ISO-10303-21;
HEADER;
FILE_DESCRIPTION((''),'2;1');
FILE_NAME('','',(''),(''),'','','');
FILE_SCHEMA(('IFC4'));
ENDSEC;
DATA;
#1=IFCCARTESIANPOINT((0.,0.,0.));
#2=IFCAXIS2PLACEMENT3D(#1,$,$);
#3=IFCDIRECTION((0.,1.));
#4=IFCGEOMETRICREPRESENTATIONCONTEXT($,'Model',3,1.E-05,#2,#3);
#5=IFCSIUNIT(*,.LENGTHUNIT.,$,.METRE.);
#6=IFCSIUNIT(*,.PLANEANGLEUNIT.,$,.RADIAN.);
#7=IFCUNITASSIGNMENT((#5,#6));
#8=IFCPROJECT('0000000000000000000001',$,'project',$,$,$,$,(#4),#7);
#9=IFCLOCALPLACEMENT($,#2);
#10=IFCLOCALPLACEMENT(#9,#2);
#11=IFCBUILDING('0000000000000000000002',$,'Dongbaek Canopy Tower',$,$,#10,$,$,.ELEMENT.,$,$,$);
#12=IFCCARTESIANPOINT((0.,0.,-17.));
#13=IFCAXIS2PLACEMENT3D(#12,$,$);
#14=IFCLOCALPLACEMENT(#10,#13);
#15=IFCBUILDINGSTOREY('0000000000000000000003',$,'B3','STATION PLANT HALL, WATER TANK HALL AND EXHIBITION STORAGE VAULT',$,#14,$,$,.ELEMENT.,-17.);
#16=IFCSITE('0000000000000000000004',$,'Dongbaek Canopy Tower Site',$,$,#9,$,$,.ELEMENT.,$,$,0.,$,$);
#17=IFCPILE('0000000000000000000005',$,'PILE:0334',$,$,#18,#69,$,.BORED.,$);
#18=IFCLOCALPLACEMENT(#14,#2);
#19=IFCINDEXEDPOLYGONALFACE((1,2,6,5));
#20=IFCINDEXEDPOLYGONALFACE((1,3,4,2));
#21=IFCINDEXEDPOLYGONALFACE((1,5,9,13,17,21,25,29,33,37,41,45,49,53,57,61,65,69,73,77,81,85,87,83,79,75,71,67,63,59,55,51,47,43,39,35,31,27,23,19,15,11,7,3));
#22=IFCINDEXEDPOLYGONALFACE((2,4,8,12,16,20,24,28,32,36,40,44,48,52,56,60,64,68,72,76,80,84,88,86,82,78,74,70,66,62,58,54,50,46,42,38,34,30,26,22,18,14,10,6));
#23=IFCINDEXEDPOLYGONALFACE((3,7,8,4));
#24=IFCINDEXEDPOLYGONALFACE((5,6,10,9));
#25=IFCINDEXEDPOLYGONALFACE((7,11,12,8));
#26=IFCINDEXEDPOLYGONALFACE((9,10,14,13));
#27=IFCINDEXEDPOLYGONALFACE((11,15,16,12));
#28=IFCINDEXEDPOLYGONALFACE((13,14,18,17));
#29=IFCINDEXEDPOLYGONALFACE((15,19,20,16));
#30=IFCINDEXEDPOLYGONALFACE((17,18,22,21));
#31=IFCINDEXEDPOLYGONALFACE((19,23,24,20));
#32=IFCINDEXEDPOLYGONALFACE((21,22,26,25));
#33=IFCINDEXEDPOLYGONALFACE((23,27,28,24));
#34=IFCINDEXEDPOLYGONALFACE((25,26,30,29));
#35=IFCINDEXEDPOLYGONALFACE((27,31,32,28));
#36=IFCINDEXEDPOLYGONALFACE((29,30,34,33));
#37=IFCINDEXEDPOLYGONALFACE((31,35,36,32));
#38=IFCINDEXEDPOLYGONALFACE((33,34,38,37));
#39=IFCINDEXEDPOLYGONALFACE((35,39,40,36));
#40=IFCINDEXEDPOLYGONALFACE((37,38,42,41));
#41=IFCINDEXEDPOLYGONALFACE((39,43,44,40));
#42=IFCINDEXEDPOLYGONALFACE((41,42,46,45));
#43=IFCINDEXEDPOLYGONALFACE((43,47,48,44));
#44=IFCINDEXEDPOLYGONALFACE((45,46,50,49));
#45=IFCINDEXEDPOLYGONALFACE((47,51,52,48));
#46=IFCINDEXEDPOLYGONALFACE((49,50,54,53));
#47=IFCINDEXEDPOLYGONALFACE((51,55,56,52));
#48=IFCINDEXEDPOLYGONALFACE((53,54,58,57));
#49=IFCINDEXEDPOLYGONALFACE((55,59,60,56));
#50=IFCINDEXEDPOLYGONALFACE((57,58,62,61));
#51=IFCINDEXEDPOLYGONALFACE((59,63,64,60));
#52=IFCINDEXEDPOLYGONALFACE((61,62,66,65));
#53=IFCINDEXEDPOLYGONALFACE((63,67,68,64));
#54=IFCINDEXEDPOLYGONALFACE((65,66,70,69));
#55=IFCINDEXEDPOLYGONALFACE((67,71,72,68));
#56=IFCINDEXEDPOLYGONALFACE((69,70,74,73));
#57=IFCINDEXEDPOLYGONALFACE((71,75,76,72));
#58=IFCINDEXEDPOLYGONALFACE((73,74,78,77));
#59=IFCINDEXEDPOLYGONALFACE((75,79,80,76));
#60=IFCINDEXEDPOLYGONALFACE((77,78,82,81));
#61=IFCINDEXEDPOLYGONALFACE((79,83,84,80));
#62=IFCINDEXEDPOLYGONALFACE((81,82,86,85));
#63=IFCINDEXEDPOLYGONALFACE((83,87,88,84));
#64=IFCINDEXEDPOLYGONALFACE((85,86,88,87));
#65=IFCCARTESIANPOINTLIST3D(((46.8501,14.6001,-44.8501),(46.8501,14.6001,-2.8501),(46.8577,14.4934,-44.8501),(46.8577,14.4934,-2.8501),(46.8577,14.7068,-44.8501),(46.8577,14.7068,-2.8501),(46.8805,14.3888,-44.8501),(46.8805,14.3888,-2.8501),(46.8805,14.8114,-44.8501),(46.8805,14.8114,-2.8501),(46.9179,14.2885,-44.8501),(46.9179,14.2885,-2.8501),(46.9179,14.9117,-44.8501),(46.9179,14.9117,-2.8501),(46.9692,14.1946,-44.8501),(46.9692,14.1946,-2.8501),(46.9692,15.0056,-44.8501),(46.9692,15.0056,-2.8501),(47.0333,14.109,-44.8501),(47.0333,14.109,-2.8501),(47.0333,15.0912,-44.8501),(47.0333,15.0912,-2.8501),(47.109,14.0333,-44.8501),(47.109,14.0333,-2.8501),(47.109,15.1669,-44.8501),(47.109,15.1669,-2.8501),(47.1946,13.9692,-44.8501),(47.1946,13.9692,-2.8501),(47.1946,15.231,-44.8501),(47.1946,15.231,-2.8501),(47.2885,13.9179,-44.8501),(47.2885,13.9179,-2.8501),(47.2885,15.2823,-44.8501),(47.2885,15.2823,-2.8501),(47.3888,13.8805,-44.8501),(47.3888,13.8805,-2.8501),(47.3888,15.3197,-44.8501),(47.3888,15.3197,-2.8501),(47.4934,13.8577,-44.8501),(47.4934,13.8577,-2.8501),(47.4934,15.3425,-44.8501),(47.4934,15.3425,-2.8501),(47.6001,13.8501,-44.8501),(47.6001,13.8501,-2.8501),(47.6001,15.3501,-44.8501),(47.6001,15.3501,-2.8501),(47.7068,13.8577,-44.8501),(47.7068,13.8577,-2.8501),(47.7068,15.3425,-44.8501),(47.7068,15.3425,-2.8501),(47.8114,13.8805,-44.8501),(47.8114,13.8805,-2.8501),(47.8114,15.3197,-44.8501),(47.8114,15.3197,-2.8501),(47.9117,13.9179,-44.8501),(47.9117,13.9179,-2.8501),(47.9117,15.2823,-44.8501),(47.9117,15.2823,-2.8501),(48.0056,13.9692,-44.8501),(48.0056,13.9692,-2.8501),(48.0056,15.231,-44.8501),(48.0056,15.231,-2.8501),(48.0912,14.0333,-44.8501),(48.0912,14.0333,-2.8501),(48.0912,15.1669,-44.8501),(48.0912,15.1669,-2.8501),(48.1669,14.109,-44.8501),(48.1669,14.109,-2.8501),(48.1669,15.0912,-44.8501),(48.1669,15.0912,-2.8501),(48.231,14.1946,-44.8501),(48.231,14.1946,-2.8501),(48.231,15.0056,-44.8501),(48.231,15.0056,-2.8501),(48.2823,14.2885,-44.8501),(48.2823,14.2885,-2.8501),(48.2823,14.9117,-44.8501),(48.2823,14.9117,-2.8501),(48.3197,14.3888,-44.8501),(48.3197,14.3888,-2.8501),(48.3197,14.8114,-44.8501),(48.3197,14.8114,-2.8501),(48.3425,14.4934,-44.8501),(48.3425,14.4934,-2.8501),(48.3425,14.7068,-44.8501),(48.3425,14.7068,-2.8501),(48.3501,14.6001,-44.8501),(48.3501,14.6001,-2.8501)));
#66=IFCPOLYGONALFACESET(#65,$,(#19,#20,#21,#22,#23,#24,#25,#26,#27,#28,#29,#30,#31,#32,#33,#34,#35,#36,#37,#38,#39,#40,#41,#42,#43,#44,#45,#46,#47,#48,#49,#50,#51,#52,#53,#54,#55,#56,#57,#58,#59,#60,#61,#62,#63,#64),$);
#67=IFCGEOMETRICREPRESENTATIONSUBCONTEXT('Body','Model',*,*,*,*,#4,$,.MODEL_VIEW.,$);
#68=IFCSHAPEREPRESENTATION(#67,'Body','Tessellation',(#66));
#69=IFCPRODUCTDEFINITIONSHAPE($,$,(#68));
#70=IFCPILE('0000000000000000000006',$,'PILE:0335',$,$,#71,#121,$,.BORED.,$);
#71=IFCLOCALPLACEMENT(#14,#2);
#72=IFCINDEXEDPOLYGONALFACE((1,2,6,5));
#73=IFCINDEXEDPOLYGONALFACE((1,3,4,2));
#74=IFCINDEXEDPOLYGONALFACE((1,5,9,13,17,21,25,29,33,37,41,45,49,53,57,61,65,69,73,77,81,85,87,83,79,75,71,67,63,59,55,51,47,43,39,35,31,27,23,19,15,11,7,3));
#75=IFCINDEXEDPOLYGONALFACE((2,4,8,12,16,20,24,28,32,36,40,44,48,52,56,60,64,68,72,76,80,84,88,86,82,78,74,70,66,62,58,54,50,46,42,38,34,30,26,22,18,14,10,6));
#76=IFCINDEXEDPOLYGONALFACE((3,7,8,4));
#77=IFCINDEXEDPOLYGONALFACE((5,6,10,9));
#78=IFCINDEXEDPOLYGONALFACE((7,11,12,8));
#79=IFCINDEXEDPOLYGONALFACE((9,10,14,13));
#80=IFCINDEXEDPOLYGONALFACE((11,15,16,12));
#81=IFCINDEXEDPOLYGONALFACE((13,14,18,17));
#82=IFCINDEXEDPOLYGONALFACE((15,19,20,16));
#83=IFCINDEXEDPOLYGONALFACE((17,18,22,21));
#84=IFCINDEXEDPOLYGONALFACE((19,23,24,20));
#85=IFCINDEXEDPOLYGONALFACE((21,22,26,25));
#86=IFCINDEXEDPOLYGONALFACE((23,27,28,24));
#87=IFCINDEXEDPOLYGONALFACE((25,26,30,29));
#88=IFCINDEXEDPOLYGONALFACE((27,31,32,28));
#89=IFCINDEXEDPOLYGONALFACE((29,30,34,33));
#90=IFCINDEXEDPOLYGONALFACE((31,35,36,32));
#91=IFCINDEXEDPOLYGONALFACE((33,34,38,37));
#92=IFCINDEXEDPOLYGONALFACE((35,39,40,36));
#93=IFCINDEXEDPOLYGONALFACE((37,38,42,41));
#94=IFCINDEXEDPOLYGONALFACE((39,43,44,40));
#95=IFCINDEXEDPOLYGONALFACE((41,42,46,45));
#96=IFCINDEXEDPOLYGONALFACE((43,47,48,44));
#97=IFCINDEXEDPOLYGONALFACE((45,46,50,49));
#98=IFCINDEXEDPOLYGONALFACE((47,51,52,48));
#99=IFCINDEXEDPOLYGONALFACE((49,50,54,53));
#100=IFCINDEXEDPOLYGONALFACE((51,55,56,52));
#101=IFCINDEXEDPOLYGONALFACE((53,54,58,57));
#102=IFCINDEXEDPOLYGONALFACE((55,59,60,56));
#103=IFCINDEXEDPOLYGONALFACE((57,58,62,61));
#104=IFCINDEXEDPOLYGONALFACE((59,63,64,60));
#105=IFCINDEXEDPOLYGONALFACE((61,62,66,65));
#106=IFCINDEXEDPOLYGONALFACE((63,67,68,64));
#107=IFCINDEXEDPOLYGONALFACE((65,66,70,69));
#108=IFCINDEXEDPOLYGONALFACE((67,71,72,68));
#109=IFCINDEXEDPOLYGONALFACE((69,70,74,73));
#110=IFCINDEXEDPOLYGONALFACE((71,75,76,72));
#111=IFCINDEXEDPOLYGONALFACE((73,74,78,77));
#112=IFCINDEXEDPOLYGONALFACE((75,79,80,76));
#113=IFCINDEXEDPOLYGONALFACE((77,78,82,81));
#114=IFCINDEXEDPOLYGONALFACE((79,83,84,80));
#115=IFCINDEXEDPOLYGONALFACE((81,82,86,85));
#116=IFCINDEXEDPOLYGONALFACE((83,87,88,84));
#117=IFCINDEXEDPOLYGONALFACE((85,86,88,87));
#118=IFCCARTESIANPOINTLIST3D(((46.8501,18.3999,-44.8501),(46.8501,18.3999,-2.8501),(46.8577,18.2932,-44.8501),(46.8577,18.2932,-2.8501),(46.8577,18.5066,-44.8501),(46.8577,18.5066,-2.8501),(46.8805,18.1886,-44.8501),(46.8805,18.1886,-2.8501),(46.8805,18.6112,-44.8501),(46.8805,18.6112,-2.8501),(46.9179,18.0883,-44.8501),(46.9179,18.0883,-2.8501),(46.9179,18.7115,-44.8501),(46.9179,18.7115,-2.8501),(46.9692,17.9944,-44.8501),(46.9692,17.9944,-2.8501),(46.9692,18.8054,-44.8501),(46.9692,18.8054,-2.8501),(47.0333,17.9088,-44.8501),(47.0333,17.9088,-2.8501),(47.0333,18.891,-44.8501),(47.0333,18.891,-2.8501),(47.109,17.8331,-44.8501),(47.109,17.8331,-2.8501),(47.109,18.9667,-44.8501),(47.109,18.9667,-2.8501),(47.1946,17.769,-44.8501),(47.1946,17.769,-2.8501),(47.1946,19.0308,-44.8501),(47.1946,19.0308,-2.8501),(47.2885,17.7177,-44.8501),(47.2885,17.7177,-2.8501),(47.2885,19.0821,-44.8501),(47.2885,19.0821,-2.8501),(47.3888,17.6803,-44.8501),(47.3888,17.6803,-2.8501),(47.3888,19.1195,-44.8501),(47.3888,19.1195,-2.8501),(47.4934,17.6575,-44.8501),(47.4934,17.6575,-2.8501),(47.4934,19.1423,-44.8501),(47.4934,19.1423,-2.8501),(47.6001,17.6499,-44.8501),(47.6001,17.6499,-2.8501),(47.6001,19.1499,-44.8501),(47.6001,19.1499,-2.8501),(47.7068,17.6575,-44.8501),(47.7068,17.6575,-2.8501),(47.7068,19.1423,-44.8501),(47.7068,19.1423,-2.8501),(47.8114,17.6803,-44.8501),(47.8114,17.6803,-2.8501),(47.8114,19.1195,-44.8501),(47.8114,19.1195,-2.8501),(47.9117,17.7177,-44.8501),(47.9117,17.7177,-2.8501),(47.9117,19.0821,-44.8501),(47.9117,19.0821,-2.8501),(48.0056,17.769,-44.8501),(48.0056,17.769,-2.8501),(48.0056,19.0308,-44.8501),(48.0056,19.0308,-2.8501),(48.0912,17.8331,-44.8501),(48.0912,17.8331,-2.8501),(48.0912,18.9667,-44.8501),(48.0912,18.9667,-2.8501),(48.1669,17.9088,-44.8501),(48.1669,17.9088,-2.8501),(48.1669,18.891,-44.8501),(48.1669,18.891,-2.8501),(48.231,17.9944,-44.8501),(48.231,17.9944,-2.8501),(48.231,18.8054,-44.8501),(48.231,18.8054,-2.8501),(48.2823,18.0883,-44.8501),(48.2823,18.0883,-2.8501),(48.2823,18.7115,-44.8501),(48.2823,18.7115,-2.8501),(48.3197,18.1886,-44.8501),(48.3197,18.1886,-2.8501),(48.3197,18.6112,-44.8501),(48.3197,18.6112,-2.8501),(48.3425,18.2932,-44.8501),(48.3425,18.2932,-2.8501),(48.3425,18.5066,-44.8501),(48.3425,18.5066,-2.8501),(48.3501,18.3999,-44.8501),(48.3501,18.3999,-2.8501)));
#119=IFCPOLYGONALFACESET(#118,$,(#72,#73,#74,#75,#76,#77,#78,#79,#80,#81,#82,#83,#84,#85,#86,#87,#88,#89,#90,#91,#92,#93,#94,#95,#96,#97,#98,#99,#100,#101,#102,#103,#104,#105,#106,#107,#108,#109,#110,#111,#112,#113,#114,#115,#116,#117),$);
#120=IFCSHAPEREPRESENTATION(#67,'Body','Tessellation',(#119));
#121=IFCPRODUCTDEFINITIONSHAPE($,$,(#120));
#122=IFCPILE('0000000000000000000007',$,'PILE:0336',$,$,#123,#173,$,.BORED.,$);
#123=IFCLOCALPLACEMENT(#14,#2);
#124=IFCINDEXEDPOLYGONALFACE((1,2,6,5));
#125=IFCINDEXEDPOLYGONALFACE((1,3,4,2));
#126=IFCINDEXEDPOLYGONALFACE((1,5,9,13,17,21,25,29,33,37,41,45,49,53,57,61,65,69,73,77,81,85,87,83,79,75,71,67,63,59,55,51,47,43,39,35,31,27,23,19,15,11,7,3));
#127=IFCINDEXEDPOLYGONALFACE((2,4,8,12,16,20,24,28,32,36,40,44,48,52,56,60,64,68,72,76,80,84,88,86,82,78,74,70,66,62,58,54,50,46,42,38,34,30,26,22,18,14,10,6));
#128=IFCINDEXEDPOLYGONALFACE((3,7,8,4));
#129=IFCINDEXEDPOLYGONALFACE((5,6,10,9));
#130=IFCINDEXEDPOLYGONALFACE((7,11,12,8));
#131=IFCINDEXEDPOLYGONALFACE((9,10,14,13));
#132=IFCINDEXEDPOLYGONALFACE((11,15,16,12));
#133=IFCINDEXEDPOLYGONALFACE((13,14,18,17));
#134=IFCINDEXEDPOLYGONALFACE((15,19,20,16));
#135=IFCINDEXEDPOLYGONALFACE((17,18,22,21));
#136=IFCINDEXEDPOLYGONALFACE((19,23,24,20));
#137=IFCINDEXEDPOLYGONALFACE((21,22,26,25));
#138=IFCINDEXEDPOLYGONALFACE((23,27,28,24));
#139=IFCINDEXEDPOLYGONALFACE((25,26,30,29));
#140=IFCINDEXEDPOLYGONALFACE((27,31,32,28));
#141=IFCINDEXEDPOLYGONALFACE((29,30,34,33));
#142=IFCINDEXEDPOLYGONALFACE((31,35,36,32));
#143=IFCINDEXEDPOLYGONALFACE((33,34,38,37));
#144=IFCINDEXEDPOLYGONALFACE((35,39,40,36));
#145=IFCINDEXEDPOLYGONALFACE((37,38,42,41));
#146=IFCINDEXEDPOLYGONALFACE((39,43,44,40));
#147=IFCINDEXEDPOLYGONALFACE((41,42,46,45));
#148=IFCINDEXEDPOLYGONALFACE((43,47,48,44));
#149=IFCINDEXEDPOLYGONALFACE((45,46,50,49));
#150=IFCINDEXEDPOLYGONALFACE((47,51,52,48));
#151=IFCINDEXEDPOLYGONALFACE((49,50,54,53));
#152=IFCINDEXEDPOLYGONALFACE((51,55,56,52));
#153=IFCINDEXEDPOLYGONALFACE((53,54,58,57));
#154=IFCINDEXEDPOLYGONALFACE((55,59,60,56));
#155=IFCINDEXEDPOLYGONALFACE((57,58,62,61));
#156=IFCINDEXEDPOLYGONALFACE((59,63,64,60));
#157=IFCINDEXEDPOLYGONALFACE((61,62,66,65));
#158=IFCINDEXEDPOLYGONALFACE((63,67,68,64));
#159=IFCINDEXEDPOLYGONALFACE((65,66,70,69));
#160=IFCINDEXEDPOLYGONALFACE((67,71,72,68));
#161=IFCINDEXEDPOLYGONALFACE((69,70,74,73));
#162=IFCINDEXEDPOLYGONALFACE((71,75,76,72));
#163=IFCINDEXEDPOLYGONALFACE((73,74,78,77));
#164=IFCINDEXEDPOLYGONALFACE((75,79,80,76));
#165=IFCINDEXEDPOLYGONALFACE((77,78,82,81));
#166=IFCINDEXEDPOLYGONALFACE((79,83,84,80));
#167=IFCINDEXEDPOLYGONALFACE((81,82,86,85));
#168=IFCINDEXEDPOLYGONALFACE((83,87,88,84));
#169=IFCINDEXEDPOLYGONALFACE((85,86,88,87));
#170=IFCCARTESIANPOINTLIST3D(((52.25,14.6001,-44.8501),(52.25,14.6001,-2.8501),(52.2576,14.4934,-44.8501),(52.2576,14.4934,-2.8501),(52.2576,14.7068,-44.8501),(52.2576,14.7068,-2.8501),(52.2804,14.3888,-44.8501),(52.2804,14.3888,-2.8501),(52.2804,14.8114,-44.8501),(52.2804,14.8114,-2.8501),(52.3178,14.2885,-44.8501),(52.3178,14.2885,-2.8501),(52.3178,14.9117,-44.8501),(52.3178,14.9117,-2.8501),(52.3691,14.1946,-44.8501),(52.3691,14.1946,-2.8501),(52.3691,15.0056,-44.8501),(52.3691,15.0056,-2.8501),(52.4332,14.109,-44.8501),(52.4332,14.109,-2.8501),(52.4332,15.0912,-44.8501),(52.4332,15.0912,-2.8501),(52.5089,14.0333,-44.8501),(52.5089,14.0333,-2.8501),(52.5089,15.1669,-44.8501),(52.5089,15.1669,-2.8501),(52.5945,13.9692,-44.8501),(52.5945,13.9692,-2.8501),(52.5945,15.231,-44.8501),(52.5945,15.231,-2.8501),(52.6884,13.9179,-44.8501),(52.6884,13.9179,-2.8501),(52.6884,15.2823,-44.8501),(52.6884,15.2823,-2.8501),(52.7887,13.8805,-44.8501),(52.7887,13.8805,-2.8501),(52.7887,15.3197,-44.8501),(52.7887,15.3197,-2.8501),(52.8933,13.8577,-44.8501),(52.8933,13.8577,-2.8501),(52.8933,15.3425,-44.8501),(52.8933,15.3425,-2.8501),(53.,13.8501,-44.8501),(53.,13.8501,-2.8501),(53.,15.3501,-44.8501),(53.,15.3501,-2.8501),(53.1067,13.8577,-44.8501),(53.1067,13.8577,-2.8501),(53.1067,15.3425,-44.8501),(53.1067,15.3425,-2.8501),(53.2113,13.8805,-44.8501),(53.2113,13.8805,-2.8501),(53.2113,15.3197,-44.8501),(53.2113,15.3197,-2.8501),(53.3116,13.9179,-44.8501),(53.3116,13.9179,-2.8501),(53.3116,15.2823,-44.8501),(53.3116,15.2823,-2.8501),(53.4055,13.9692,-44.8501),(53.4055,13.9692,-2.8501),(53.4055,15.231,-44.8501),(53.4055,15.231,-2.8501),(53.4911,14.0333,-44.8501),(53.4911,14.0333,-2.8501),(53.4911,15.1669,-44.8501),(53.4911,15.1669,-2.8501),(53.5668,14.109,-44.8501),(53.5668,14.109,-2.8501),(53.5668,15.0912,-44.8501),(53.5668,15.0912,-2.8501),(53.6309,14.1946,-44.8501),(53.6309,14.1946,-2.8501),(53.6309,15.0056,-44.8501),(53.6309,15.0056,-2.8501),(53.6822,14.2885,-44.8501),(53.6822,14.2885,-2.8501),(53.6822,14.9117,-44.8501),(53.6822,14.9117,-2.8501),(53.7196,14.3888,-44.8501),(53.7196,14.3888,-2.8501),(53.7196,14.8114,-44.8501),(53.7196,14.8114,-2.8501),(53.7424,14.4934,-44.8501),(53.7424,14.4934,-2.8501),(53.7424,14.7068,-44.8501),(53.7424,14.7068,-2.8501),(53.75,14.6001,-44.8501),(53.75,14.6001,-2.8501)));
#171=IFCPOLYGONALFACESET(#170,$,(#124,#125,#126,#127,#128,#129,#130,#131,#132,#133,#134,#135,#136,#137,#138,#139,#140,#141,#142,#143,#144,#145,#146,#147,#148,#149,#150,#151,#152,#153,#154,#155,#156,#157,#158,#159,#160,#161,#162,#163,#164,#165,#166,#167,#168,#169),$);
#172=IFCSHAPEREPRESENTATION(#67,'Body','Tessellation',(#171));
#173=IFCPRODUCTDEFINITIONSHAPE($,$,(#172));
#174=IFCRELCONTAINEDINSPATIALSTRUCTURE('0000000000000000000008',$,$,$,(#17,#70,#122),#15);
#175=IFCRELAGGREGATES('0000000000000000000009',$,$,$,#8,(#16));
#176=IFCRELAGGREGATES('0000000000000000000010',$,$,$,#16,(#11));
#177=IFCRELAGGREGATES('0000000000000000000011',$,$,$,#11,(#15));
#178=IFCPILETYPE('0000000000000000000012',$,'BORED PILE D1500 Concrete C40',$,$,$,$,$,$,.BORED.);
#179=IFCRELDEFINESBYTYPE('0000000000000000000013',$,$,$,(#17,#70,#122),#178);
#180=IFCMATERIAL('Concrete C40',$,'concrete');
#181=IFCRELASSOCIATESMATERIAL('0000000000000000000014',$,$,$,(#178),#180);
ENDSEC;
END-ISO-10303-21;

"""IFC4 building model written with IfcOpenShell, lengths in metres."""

from ifc_helpers import new_model, si_unit, direction, frame, origin, origin_2d, place, context, subcontext, project, spatial, circle, extrude, material, material_profile, profile_set, type_object, element, save


model = new_model("IFC4")

# Units and contexts
model_context = context("Model", 3, precision=1e-05, world=origin(), true_north=direction((0.0, 1.0)))
body_context = subcontext(model_context, "Body", "Model", "MODEL_VIEW")
ifc_project = project(units=[si_unit("LENGTHUNIT", "METRE"), si_unit("PLANEANGLEUNIT", "RADIAN")], contexts=[model_context])

# Site, building, storey
site_placement = place(None, origin())
site = spatial("IfcSite", under=ifc_project, at=site_placement, Name="Dongbaek Canopy Tower Site", CompositionType="ELEMENT", RefElevation=0.0)
building_placement = place(site_placement, origin())
building = spatial("IfcBuilding", under=site, at=building_placement, Name="Dongbaek Canopy Tower", CompositionType="ELEMENT")
storey_placement = place(building_placement, frame((0.0, 0.0, -17.0)))
storey = spatial("IfcBuildingStorey", under=building, at=storey_placement, Name="B3", Description="STATION PLANT HALL, WATER TANK HALL AND EXHIBITION STORAGE VAULT", CompositionType="ELEMENT", Elevation=-17.0)

# Piles
ifc_material_1 = material(Name="Concrete C40", Category="concrete")
ifc_material_profile_1 = material_profile(ifc_material_1, circle(Radius=0.75, at=origin_2d()), Name="BORED PILE D1500 Concrete C40")
ifc_profile_set_1 = profile_set([ifc_material_profile_1], Name="Concrete C40")
pile_type = type_object("IfcPileType", Name="BORED PILE D1500 Concrete C40", PredefinedType="BORED", material=ifc_profile_set_1)
for number, where, z_axis, x_axis, name in (
    (1, (47.6001, 14.6001, -2.8501), (0.0, 0.0, -1.0), (1.0, 0.0, 0.0), "PILE:0334"),
    (2, (47.6001, 18.3999, -2.8501), (0.0, 0.0, -1.0), (1.0, 0.0, 0.0), "PILE:0335"),
    (3, (53.0, 14.6001, -2.8501), (0.0, 0.0, -1.0), (1.0, 0.0, 0.0), "PILE:0336"),
):
    element("IfcPile", number, at=place(storey_placement, frame(where, z_axis=z_axis, x_axis=x_axis)), inside=storey, type_object=pile_type, Name=name, PredefinedType="BORED", context=body_context, shape_type="SweptSolid", body=[
        extrude(circle(Radius=0.75, at=origin_2d()), origin(), (0.0, 0.0, 1.0), 42.0),
    ])

save(model, "model.ifc")
